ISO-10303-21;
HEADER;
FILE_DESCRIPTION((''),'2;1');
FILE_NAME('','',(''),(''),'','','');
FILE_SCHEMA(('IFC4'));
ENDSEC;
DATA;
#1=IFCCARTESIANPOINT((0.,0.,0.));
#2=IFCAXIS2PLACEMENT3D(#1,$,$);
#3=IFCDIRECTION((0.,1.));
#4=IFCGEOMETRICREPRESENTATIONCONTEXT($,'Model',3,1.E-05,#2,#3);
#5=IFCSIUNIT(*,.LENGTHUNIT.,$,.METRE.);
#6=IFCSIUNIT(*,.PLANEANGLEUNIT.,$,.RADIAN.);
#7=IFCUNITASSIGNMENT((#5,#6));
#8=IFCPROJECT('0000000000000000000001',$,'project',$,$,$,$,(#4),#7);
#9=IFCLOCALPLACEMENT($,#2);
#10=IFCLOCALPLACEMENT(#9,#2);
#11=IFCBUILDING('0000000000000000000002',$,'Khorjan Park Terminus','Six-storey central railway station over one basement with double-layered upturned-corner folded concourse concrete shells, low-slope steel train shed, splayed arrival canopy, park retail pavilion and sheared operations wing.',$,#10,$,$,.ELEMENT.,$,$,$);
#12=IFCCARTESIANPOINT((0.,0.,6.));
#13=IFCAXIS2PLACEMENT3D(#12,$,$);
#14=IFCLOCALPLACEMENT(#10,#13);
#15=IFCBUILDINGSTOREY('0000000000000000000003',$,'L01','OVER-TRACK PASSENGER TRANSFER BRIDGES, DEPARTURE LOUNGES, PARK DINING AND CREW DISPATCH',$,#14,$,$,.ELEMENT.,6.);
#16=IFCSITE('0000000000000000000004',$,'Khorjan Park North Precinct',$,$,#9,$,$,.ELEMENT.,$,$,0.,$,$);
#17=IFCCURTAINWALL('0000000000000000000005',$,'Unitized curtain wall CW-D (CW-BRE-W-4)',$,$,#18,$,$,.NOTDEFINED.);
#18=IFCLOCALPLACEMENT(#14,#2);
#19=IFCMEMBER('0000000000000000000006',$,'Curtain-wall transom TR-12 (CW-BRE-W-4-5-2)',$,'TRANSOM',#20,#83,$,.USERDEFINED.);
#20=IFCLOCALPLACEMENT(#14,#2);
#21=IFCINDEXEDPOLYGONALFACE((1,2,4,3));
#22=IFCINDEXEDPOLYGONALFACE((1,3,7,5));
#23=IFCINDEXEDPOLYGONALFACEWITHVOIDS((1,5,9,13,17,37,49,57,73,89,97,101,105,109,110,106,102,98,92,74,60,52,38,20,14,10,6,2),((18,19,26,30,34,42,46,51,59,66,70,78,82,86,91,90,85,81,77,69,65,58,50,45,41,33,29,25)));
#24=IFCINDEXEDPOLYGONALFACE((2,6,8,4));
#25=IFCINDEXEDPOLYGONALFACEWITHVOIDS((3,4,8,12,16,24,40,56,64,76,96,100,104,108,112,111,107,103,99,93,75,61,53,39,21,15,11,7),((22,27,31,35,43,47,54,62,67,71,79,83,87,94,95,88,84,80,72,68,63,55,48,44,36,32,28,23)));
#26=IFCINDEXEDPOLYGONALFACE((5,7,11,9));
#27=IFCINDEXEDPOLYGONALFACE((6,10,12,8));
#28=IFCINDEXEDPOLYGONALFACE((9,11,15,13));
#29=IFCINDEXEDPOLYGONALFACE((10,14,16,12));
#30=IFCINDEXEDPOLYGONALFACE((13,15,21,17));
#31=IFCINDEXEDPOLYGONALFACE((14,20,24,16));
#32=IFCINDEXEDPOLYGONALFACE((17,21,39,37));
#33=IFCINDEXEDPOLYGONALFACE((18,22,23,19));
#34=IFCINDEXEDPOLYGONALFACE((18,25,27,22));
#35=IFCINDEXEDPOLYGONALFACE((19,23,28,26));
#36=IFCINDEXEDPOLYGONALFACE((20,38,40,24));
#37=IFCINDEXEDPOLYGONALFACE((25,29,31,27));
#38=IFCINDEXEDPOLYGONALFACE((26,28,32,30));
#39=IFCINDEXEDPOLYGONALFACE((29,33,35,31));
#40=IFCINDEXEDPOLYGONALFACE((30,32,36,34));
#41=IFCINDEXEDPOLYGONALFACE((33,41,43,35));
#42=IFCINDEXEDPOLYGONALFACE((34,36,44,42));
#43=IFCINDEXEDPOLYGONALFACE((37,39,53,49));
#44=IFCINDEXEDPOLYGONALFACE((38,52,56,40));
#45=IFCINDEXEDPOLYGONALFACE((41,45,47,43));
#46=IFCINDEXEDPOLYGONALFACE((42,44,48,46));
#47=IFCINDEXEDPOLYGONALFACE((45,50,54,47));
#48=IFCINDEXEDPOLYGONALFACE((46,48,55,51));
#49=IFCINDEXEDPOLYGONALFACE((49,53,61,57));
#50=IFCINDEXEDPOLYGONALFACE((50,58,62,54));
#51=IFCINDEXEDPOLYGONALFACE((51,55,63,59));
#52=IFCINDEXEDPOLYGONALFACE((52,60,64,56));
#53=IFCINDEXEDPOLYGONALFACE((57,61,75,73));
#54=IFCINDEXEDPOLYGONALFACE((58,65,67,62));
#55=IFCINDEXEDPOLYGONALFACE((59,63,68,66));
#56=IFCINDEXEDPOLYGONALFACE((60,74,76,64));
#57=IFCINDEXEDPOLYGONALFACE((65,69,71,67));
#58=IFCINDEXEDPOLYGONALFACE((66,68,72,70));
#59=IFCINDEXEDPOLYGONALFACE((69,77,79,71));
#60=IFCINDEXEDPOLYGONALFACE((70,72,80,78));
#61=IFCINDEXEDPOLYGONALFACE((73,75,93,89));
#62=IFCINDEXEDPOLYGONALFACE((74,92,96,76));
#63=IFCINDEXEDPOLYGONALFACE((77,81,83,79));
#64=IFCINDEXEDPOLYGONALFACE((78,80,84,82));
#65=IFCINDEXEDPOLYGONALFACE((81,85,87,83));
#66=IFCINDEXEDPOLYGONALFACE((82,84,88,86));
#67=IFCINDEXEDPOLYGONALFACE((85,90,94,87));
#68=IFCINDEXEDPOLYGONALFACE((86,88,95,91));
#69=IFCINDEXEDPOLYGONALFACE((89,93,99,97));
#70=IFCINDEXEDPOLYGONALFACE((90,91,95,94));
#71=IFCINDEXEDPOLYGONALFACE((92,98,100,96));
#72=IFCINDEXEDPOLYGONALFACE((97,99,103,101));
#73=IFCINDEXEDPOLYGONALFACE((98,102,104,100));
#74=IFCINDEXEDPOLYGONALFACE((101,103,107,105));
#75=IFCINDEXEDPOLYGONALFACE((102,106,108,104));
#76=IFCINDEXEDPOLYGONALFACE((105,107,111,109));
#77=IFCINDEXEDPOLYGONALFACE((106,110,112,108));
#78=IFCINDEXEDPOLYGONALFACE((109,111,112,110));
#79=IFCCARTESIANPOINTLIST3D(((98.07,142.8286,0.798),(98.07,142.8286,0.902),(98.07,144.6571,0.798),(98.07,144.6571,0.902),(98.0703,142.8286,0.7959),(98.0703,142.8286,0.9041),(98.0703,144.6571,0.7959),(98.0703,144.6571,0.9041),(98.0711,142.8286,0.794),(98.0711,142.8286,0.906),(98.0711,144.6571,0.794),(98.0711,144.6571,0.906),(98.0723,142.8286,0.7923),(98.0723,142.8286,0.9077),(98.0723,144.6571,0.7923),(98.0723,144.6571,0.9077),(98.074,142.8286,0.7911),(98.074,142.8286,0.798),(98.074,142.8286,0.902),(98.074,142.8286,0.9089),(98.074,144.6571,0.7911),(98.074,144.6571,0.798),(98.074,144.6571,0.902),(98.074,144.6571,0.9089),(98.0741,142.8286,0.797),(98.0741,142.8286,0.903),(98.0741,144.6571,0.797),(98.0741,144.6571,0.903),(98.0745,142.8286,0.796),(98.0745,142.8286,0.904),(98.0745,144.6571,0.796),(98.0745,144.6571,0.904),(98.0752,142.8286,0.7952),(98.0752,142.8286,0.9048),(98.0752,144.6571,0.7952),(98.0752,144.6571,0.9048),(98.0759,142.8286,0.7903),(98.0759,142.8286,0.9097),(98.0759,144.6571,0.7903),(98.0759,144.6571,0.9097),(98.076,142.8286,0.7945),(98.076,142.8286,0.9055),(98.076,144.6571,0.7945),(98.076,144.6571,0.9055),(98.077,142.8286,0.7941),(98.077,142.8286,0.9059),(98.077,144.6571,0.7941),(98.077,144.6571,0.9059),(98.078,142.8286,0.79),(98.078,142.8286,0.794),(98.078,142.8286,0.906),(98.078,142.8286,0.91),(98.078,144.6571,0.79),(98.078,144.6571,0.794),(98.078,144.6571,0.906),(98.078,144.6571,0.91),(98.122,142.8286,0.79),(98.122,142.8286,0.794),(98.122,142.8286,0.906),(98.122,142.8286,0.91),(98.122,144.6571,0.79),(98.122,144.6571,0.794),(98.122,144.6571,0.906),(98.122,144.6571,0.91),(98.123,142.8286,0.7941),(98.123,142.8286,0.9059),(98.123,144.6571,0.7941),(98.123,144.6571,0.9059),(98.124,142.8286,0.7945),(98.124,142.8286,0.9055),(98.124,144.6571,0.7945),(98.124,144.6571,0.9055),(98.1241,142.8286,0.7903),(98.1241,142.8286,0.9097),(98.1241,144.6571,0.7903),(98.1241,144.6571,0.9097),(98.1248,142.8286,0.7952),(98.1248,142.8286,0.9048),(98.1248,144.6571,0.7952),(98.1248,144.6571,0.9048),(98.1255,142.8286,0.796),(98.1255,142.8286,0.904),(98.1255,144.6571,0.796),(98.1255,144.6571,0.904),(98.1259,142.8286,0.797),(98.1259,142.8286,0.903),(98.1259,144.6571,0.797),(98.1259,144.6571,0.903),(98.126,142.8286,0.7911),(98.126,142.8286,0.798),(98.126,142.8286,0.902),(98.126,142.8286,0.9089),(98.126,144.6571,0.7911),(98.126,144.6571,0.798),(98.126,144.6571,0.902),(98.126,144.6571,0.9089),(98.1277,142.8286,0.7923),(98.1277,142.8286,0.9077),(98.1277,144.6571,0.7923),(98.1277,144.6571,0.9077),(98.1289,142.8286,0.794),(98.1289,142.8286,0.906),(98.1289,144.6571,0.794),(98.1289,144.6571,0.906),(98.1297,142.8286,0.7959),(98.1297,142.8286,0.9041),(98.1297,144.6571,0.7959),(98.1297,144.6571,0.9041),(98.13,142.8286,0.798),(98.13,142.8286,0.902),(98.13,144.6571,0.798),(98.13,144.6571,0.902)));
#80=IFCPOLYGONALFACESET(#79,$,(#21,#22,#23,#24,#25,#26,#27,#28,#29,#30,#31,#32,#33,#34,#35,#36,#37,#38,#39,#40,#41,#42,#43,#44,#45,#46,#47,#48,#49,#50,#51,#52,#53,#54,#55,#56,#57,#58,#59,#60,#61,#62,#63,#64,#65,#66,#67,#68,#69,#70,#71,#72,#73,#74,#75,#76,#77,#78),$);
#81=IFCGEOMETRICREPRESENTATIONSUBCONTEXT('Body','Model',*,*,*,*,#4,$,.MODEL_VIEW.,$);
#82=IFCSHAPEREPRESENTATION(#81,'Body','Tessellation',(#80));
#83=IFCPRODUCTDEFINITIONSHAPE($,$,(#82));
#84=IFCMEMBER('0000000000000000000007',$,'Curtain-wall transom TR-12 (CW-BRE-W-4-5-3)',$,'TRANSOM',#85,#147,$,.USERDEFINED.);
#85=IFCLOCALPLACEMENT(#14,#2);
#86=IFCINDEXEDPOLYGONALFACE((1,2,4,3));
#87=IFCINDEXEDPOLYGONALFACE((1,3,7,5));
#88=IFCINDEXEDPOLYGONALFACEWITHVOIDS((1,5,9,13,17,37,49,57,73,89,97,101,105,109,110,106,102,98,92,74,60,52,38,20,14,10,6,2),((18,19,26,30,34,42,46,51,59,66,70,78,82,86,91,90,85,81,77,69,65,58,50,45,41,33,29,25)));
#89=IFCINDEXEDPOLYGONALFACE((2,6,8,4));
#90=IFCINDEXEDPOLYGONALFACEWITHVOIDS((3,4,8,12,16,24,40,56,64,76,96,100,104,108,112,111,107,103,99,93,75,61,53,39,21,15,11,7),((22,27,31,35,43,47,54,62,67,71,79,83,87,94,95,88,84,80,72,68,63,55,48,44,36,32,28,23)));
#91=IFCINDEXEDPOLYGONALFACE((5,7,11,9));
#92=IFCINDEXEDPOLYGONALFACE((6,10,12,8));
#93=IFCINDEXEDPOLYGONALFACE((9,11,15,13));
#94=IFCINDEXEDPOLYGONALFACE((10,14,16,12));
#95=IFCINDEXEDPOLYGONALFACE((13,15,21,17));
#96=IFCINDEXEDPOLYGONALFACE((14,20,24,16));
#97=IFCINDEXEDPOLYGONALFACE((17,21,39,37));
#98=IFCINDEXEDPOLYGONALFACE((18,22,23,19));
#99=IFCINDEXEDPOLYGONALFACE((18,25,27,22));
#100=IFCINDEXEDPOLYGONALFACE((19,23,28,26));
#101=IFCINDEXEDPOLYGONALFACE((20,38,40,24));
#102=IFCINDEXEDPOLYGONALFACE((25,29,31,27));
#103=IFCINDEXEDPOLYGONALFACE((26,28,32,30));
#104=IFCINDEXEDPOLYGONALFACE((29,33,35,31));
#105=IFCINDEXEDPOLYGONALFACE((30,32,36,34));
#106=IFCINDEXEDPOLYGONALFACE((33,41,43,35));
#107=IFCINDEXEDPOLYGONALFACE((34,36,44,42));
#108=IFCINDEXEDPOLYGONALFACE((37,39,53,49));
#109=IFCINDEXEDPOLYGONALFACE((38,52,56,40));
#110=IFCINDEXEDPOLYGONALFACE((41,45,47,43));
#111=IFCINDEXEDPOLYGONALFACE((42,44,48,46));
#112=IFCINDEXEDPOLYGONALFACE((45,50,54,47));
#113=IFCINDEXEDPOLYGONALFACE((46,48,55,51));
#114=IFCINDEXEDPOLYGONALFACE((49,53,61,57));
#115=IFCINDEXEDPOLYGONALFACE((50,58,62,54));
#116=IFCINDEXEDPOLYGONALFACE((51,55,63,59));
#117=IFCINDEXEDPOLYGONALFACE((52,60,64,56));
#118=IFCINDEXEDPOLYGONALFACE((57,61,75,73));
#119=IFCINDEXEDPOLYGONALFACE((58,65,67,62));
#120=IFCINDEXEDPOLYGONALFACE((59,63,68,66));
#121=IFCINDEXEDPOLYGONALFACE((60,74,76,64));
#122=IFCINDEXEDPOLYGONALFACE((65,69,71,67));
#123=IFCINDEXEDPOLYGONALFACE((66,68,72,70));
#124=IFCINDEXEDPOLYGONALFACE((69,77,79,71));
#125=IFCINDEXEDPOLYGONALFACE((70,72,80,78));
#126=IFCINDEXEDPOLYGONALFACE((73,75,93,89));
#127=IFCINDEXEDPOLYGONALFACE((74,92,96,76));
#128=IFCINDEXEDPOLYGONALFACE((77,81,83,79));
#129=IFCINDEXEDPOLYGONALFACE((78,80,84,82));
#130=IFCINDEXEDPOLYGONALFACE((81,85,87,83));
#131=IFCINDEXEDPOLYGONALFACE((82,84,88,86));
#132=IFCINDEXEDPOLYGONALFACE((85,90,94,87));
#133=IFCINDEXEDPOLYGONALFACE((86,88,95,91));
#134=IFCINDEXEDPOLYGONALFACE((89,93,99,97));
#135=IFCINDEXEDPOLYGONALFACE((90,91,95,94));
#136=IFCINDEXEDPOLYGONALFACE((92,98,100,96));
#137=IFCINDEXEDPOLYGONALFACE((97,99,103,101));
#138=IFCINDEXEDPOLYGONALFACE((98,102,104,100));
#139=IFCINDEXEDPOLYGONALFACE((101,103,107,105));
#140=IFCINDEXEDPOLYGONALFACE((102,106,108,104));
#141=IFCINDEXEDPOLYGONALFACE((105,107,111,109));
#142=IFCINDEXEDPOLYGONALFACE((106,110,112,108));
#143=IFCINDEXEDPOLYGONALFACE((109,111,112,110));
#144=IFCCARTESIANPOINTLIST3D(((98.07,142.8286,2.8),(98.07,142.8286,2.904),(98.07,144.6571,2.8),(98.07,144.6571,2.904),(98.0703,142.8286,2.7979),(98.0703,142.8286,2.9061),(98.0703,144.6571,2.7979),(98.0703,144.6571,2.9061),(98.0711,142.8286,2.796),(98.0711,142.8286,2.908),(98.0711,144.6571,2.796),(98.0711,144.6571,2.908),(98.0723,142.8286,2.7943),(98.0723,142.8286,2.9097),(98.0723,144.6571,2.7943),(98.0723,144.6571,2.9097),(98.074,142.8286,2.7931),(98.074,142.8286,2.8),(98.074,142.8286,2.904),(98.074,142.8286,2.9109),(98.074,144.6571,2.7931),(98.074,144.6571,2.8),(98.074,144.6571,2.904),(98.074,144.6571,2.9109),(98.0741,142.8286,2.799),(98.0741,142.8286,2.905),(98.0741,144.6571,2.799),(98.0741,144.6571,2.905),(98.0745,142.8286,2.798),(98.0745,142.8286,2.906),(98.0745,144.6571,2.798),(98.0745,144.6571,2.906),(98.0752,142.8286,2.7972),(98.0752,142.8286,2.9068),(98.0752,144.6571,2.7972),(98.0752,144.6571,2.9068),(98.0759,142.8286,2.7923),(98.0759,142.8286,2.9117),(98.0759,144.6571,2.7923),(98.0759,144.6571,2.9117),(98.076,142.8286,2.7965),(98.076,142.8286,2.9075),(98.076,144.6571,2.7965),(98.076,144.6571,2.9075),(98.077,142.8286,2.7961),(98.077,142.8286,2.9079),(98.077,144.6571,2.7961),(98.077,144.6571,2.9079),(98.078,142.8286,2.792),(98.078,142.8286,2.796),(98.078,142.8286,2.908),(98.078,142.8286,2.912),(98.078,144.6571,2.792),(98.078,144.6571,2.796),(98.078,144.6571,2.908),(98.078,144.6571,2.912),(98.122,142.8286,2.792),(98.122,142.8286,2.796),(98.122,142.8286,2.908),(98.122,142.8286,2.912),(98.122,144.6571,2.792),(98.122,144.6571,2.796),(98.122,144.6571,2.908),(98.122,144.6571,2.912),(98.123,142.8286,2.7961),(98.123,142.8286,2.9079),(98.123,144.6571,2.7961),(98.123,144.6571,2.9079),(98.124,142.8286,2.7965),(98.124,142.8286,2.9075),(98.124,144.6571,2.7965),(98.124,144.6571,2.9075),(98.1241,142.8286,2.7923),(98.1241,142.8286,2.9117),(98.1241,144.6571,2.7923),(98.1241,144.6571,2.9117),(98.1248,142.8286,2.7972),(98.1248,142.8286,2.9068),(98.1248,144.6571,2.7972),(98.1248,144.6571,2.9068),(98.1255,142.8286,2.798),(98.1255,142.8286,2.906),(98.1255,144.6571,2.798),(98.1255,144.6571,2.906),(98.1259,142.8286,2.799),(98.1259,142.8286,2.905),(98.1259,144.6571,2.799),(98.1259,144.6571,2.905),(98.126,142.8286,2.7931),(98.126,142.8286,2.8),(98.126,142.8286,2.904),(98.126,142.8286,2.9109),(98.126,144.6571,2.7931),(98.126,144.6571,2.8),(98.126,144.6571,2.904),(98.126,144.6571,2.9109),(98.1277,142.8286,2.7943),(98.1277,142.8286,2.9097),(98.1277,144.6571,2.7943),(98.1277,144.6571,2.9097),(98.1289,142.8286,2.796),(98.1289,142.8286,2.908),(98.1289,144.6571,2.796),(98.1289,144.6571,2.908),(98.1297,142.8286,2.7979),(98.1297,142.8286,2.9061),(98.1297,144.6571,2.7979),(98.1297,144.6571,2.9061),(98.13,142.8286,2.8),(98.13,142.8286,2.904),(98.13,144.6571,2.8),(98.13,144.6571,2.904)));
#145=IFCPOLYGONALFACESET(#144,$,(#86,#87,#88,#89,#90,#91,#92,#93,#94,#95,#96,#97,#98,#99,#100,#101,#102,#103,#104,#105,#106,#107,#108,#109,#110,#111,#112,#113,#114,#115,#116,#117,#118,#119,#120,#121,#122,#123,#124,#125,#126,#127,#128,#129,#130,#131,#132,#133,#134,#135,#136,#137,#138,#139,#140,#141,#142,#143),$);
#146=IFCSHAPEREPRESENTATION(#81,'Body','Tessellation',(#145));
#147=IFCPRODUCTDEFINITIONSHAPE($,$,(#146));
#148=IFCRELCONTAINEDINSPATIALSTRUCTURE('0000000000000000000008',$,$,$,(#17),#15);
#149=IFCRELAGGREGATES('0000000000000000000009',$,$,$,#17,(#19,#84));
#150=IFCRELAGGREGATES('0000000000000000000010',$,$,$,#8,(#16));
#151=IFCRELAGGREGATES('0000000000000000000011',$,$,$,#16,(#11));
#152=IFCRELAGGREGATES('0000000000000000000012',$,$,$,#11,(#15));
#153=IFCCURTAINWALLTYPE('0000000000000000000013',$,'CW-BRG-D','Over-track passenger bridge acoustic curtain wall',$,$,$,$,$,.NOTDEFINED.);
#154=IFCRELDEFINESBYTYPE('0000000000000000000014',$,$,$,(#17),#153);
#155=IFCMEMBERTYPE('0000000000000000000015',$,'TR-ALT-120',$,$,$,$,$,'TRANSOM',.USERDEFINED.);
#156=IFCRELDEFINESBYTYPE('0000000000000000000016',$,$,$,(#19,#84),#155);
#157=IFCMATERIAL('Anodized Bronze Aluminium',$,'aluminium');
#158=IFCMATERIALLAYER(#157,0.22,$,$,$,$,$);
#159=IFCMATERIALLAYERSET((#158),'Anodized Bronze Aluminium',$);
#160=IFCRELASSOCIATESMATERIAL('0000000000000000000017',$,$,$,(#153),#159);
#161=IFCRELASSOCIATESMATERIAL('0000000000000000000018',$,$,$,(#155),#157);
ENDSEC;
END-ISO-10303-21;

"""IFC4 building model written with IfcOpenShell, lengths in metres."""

from ifc_helpers import new_model, si_unit, direction, frame, origin, origin_2d, place, context, subcontext, project, spatial, hollow_rectangle, extrude, material, layer, layer_set, material_profile, profile_set, type_object, element, aggregate, save


model = new_model("IFC4")

# Units and contexts
model_context = context("Model", 3, precision=1e-05, world=origin(), true_north=direction((0.0, 1.0)))
body_context = subcontext(model_context, "Body", "Model", "MODEL_VIEW")
ifc_project = project(units=[si_unit("LENGTHUNIT", "METRE"), si_unit("PLANEANGLEUNIT", "RADIAN")], contexts=[model_context])

# Site, building, storey
site_placement = place(None, origin())
site = spatial("IfcSite", under=ifc_project, at=site_placement, Name="Khorjan Park North Precinct", CompositionType="ELEMENT", RefElevation=0.0)
building_placement = place(site_placement, origin())
building = spatial("IfcBuilding", under=site, at=building_placement, Name="Khorjan Park Terminus", Description="Six-storey central railway station over one basement with double-layered upturned-corner folded concourse concrete shells, low-slope steel train shed, splayed arrival canopy, park retail pavilion and sheared operations wing.", CompositionType="ELEMENT")
storey_placement = place(building_placement, frame((0.0, 0.0, 6.0)))
storey = spatial("IfcBuildingStorey", under=building, at=storey_placement, Name="L01", Description="OVER-TRACK PASSENGER TRANSFER BRIDGES, DEPARTURE LOUNGES, PARK DINING AND CREW DISPATCH", CompositionType="ELEMENT", Elevation=6.0)

# Curtain wall, members
ifc_material_1 = material(Name="Anodized Bronze Aluminium", Category="aluminium")
ifc_layer_1 = layer(ifc_material_1, 0.22)
ifc_layer_set_1 = layer_set([ifc_layer_1], Name="Anodized Bronze Aluminium")
curtain_wall_type = type_object("IfcCurtainWallType", Name="CW-BRG-D", Description="Over-track passenger bridge acoustic curtain wall", PredefinedType="NOTDEFINED", material=ifc_layer_set_1)
curtain_wall_placement = place(storey_placement, origin())
curtain_wall = element("IfcCurtainWall", 1, at=curtain_wall_placement, inside=storey, type_object=curtain_wall_type, Name="Unitized curtain wall CW-D (CW-BRE-W-4)", PredefinedType="NOTDEFINED")
ifc_material_profile_1 = material_profile(ifc_material_1, hollow_rectangle(XDim=0.06, YDim=0.12, WallThickness=0.004, InnerFilletRadius=0.004, OuterFilletRadius=0.008, at=origin_2d()), Name="ALT 60x120x4")
ifc_profile_set_1 = profile_set([ifc_material_profile_1], Name="Anodized Bronze Aluminium")
member_type_1 = type_object("IfcMemberType", Name="TR-ALT-120", ElementType="TRANSOM", PredefinedType="USERDEFINED", material=ifc_profile_set_1)
member_1_placement = place(storey_placement, frame((98.1, 144.6571, 0.85), z_axis=(0.0, -1.0, 0.0), x_axis=(1.0, 0.0, 0.0)))
member_1 = element("IfcMember", 2, at=member_1_placement, type_object=member_type_1, Name="Curtain-wall transom TR-12 (CW-BRE-W-4-5-2)", ObjectType="TRANSOM", PredefinedType="USERDEFINED", context=body_context, shape_type="SweptSolid", body=[
    extrude(hollow_rectangle(XDim=0.06, YDim=0.12, WallThickness=0.004, InnerFilletRadius=0.004, OuterFilletRadius=0.008, at=origin_2d()), origin(), (0.0, 0.0, 1.0), 1.8285),
])
member_2_placement = place(storey_placement, frame((98.1, 144.6571, 2.852), z_axis=(0.0, -1.0, 0.0), x_axis=(1.0, 0.0, 0.0)))
member_2 = element("IfcMember", 3, at=member_2_placement, type_object=member_type_1, Name="Curtain-wall transom TR-12 (CW-BRE-W-4-5-3)", ObjectType="TRANSOM", PredefinedType="USERDEFINED", context=body_context, shape_type="SweptSolid", body=[
    extrude(hollow_rectangle(XDim=0.06, YDim=0.12, WallThickness=0.004, InnerFilletRadius=0.004, OuterFilletRadius=0.008, at=origin_2d()), origin(), (0.0, 0.0, 1.0), 1.8285),
])
aggregate(curtain_wall, [member_1, member_2])

save(model, "model.ifc")
